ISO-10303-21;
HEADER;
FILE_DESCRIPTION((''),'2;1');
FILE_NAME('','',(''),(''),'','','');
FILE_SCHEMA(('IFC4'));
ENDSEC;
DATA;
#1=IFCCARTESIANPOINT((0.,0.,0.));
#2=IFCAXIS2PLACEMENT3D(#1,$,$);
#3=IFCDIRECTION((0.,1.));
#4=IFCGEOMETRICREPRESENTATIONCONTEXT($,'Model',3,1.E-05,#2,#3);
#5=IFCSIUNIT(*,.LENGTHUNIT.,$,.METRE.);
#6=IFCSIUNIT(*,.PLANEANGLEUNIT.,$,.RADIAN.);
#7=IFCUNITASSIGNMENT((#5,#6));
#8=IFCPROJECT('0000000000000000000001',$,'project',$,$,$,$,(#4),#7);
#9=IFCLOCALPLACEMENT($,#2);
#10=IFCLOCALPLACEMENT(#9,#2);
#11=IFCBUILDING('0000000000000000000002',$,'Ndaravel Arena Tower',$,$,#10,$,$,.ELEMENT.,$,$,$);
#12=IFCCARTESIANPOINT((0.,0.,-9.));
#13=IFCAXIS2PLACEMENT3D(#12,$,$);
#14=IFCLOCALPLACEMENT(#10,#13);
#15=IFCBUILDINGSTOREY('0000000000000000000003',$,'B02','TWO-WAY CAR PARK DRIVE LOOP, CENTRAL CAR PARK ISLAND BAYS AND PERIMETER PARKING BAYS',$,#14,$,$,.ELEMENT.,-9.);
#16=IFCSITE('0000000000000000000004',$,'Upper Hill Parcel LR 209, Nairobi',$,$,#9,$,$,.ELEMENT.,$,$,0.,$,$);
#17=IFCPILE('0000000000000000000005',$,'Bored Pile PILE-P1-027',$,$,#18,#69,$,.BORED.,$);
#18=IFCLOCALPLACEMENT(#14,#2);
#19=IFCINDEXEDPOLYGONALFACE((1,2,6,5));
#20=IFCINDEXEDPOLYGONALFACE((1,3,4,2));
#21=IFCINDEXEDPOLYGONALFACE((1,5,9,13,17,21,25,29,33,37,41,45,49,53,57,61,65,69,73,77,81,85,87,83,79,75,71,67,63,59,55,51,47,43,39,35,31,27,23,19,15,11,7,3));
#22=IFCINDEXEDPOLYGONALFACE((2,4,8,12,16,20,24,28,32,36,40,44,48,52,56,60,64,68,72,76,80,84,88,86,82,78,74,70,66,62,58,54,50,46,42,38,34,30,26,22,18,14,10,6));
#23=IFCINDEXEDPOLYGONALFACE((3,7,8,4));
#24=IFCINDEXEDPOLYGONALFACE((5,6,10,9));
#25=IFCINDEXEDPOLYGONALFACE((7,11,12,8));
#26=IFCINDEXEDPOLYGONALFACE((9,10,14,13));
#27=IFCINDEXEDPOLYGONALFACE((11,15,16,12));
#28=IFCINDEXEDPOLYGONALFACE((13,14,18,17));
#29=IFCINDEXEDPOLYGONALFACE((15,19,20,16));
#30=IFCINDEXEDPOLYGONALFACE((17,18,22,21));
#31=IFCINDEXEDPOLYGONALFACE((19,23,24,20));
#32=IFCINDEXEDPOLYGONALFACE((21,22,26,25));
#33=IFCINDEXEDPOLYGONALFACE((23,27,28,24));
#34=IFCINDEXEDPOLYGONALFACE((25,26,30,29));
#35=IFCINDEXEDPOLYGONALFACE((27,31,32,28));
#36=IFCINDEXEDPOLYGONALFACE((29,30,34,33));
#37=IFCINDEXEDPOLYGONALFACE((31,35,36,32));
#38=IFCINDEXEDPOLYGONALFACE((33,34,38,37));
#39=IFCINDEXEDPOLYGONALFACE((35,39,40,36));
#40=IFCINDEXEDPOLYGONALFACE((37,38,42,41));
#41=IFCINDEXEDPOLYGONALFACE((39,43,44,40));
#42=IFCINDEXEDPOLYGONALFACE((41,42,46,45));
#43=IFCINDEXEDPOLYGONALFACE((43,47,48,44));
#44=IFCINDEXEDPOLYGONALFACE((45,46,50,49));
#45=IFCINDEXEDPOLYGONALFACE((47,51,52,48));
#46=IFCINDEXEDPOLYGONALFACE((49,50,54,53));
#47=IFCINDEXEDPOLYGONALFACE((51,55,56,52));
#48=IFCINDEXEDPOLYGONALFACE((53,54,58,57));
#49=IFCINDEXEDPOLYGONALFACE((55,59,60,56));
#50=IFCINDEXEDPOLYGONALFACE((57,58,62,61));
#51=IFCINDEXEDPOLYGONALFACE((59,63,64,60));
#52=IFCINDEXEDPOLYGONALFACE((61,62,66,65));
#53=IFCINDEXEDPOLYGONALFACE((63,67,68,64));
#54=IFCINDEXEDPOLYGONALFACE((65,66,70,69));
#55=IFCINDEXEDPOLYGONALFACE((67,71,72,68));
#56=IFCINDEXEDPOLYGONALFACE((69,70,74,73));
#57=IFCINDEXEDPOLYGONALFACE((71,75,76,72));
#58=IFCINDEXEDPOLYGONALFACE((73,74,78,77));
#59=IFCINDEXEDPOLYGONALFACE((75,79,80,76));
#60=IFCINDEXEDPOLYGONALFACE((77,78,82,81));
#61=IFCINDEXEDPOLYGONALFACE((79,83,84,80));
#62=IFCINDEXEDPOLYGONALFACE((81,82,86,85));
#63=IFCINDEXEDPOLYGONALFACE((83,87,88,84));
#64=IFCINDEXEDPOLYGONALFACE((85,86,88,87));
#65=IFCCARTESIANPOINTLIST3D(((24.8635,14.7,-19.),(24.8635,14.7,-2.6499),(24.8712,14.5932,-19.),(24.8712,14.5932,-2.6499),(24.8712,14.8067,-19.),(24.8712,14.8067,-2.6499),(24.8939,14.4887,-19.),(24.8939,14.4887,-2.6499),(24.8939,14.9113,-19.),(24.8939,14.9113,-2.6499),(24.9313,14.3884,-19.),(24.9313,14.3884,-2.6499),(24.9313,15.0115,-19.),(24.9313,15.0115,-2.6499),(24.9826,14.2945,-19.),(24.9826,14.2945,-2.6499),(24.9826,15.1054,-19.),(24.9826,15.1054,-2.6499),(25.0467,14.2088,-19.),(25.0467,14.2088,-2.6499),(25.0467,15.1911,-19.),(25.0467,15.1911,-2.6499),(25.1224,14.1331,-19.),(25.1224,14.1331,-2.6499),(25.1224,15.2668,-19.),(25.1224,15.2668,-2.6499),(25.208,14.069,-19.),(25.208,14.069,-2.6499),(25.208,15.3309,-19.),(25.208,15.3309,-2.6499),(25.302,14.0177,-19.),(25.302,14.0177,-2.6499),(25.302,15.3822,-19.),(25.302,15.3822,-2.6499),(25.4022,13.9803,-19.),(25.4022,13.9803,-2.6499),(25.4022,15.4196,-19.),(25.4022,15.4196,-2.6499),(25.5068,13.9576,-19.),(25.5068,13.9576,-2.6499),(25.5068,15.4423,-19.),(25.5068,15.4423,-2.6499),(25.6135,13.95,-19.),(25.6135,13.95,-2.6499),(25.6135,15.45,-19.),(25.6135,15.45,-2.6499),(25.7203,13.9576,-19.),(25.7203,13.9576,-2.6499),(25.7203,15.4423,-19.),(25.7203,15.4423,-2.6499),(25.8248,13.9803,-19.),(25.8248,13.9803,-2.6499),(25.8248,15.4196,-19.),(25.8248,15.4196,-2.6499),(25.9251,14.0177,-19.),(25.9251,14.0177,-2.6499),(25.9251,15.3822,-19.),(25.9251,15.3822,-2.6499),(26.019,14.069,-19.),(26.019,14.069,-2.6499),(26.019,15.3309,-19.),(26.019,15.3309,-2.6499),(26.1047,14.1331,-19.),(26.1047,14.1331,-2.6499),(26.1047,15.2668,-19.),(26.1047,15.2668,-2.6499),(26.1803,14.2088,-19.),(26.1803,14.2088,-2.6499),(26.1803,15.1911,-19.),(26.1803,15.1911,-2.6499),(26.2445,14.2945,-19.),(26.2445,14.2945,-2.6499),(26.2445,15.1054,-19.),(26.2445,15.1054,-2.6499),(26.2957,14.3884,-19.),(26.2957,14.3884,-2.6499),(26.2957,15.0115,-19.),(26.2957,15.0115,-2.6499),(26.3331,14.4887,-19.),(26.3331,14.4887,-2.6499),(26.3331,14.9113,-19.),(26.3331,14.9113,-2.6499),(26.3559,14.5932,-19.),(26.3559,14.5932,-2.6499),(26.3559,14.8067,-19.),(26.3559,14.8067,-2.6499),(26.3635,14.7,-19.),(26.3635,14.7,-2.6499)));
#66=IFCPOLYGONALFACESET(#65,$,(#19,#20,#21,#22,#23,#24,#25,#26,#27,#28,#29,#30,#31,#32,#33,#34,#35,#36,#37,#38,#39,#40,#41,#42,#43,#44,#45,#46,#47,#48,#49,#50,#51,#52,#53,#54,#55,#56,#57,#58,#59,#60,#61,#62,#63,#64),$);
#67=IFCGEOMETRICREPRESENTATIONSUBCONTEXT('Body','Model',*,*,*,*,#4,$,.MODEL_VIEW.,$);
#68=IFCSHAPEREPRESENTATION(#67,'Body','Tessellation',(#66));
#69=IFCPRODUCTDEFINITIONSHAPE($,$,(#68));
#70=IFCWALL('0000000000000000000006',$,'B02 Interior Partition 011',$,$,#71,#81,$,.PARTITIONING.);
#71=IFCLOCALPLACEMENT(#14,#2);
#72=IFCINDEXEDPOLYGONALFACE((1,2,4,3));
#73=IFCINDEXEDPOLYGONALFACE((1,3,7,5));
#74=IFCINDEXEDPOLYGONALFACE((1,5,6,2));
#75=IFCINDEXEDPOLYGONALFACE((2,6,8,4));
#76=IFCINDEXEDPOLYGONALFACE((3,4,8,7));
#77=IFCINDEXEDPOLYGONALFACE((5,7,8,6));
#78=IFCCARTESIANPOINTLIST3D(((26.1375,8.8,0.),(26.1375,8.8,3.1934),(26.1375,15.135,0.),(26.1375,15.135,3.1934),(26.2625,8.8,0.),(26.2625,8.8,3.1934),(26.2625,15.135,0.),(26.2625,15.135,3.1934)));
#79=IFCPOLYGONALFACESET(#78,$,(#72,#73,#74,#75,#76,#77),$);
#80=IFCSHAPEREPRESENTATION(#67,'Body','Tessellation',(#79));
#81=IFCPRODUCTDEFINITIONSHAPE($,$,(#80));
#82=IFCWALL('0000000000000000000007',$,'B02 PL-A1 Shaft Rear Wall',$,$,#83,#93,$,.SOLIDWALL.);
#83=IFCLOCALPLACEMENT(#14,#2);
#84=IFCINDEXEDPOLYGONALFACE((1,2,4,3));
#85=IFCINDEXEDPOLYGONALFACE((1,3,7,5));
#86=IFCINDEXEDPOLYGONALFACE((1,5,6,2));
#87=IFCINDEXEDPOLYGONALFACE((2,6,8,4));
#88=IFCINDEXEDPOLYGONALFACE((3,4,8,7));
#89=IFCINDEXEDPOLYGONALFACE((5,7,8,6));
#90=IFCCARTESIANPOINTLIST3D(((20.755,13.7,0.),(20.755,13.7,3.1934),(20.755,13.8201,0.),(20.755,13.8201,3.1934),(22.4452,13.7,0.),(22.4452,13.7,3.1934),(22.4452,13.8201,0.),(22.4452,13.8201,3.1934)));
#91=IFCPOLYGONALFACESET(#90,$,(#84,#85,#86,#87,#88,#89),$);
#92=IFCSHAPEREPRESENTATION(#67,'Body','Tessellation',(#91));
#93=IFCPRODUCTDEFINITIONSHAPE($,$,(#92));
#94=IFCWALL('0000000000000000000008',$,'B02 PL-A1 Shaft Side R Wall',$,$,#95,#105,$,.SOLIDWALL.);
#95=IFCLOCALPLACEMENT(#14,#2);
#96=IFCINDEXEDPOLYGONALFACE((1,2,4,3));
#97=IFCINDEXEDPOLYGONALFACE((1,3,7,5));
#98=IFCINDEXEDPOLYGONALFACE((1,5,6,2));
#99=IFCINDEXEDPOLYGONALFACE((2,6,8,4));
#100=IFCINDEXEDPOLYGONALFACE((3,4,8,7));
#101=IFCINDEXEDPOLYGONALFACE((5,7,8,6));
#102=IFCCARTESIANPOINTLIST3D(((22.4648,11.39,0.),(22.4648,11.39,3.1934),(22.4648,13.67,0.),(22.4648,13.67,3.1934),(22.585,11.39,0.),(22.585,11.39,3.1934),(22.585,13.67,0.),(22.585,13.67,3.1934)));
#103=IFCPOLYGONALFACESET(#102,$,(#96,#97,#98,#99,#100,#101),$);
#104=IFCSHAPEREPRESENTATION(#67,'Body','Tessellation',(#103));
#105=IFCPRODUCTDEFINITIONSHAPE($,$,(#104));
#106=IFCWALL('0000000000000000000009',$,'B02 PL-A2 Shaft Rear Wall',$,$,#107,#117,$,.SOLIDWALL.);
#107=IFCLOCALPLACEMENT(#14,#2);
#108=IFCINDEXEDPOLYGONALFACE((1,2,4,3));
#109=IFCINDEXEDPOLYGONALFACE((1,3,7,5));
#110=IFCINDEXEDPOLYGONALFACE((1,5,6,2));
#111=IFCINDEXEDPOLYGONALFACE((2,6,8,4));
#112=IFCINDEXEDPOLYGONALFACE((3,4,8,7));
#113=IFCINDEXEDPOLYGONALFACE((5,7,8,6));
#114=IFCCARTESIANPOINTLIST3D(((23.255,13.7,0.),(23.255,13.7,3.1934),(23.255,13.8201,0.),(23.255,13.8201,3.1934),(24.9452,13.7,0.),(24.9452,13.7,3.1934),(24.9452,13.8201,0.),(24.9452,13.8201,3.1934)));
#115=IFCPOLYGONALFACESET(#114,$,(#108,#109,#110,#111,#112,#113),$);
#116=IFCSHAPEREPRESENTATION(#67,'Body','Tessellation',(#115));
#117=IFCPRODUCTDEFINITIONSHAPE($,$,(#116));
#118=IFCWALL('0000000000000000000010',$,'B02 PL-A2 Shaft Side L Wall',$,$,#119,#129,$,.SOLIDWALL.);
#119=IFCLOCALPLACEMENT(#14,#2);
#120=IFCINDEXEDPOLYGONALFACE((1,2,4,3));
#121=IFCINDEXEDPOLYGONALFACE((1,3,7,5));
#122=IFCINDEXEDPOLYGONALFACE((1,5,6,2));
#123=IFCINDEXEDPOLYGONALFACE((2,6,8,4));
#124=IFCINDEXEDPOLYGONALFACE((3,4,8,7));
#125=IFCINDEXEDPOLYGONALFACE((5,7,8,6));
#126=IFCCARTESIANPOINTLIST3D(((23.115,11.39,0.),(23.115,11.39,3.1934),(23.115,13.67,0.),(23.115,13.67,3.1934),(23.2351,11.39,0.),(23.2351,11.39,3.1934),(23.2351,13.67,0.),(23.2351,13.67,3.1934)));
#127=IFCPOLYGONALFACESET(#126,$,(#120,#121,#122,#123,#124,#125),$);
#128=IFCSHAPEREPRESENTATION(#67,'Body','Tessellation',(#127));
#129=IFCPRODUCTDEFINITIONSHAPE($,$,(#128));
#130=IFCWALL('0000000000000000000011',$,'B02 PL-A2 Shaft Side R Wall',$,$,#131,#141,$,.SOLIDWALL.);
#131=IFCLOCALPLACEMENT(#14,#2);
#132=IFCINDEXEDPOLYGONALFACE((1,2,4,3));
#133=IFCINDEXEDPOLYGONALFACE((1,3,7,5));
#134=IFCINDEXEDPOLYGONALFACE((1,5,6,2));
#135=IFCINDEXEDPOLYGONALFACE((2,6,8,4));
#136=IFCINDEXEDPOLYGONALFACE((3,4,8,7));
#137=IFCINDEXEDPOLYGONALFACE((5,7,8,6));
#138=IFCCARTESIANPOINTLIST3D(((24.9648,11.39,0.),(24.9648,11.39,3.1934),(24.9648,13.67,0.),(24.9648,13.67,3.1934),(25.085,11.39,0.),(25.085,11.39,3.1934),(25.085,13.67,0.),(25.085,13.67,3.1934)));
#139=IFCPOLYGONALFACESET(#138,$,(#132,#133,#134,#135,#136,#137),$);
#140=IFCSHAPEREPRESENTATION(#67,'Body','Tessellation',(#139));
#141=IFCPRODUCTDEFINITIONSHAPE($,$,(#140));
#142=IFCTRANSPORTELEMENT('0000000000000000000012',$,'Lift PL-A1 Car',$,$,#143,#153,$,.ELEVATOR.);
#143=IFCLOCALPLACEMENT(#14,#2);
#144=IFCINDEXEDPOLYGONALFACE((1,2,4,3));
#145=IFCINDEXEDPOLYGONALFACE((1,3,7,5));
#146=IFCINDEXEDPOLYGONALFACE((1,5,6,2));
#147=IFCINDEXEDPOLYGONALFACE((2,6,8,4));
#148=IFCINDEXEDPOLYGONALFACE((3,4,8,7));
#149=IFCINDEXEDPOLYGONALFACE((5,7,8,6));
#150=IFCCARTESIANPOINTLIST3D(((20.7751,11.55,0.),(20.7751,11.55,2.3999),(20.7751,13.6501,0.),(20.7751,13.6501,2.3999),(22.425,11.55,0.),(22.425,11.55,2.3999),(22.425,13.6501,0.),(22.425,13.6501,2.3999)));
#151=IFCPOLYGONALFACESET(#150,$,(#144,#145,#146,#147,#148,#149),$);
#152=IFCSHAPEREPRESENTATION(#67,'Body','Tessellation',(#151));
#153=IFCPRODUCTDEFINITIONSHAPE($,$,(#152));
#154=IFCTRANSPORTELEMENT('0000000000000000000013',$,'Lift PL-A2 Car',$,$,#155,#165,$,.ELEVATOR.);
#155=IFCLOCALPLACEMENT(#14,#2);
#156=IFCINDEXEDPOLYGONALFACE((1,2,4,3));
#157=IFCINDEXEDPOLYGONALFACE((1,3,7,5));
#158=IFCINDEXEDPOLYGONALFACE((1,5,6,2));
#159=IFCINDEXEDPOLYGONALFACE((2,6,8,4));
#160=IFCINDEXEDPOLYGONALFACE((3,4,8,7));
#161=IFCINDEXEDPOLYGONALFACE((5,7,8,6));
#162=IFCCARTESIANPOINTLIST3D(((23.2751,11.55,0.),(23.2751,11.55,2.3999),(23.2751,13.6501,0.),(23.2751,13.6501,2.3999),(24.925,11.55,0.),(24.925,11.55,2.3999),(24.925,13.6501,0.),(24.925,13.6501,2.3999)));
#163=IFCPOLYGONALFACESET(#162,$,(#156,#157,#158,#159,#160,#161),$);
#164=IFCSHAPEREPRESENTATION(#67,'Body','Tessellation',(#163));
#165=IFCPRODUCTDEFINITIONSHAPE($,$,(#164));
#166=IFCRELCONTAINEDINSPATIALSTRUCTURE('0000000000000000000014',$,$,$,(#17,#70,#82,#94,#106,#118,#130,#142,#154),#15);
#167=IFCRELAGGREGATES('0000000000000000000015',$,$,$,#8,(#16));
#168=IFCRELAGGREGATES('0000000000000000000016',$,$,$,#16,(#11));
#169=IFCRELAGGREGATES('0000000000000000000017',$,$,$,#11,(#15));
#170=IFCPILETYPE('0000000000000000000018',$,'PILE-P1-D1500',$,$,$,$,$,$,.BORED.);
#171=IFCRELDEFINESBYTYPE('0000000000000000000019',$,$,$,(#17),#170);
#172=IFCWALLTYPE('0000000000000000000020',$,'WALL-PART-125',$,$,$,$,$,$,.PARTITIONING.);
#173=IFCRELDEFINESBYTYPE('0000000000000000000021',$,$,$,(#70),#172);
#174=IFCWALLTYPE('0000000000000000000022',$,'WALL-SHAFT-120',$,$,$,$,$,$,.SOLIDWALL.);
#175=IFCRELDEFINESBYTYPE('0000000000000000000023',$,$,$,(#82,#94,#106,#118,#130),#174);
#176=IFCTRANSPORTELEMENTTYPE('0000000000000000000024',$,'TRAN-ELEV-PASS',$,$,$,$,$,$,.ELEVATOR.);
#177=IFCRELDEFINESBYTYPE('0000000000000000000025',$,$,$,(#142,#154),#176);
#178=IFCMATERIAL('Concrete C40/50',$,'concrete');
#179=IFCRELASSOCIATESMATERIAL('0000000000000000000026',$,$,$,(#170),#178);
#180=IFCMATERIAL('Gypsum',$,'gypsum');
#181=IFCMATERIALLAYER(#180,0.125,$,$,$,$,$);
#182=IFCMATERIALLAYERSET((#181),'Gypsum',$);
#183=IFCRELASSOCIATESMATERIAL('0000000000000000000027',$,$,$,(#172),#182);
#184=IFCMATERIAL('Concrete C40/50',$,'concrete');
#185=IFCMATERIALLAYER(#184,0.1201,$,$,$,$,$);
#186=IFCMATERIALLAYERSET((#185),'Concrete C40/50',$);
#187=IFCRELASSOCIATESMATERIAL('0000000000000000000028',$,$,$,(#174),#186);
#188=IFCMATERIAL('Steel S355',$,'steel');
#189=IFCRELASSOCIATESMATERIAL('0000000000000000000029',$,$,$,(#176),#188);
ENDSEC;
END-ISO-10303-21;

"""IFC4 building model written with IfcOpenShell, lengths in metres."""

from ifc_helpers import new_model, si_unit, direction, frame, frame_2d, origin, origin_2d, place, context, subcontext, project, spatial, rectangle, circle, extrude, material, layer, layer_set, material_profile, profile_set, type_object, element, save


model = new_model("IFC4")

# Units and contexts
model_context = context("Model", 3, precision=1e-05, world=origin(), true_north=direction((0.0, 1.0)))
body_context = subcontext(model_context, "Body", "Model", "MODEL_VIEW")
ifc_project = project(units=[si_unit("LENGTHUNIT", "METRE"), si_unit("PLANEANGLEUNIT", "RADIAN")], contexts=[model_context])

# Site, building, storey
site_placement = place(None, origin())
site = spatial("IfcSite", under=ifc_project, at=site_placement, Name="Upper Hill Parcel LR 209, Nairobi", CompositionType="ELEMENT", RefElevation=0.0)
building_placement = place(site_placement, origin())
building = spatial("IfcBuilding", under=site, at=building_placement, Name="Ndaravel Arena Tower", CompositionType="ELEMENT")
storey_placement = place(building_placement, frame((0.0, 0.0, -9.0)))
storey = spatial("IfcBuildingStorey", under=building, at=storey_placement, Name="B02", Description="TWO-WAY CAR PARK DRIVE LOOP, CENTRAL CAR PARK ISLAND BAYS AND PERIMETER PARKING BAYS", CompositionType="ELEMENT", Elevation=-9.0)

# Pile
ifc_material_1 = material(Name="Concrete C40/50", Category="concrete")
ifc_material_profile = material_profile(ifc_material_1, circle(Radius=0.75, at=origin_2d()), Name="BORED PILE D1500")
ifc_profile_set = profile_set([ifc_material_profile], Name="Concrete C40/50")
pile_type = type_object("IfcPileType", Name="PILE-P1-D1500", PredefinedType="BORED", material=ifc_profile_set)
for number, where, z_axis, x_axis, name in (
    (1, (25.6135, 14.7, -2.6499), (0.0, 0.0, -1.0), (1.0, 0.0, 0.0), "Bored Pile PILE-P1-027"),
):
    element("IfcPile", number, at=place(storey_placement, frame(where, z_axis=z_axis, x_axis=x_axis)), inside=storey, type_object=pile_type, Name=name, PredefinedType="BORED", context=body_context, shape_type="SweptSolid", body=[
        extrude(circle(Radius=0.75, at=origin_2d()), origin(), (0.0, 0.0, 1.0), 16.3501),
    ])

# Walls
ifc_material_2 = material(Name="Gypsum", Category="gypsum")
ifc_layer_1 = layer(ifc_material_2, 0.125)
ifc_layer_set_1 = layer_set([ifc_layer_1], Name="Gypsum")
wall_type_1 = type_object("IfcWallType", Name="WALL-PART-125", PredefinedType="PARTITIONING", material=ifc_layer_set_1)
wall_1_placement = place(storey_placement, frame((26.2, 15.135, 0.0), z_axis=(0.0, 0.0, 1.0), x_axis=(0.0, -1.0, 0.0)))
element("IfcWall", 2, at=wall_1_placement, inside=storey, type_object=wall_type_1, Name="B02 Interior Partition 011", PredefinedType="PARTITIONING", context=body_context, shape_type="SweptSolid", body=[
    extrude(rectangle(XDim=6.335, YDim=0.125, at=frame_2d((3.1675, 0.0))), origin(), (0.0, 0.0, 1.0), 3.1934),
])
ifc_material_3 = material(Name="Concrete C40/50", Category="concrete")
ifc_layer_2 = layer(ifc_material_3, 0.1201)
ifc_layer_set_2 = layer_set([ifc_layer_2], Name="Concrete C40/50")
wall_type_2 = type_object("IfcWallType", Name="WALL-SHAFT-120", PredefinedType="SOLIDWALL", material=ifc_layer_set_2)
wall_2_placement = place(storey_placement, frame((20.7549, 13.76, 0.0), z_axis=(0.0, 0.0, 1.0), x_axis=(1.0, 0.0, 0.0)))
element("IfcWall", 3, at=wall_2_placement, inside=storey, type_object=wall_type_2, Name="B02 PL-A1 Shaft Rear Wall", PredefinedType="SOLIDWALL", context=body_context, shape_type="SweptSolid", body=[
    extrude(rectangle(XDim=1.6902, YDim=0.1201, at=frame_2d((0.8452, 0.0))), origin(), (0.0, 0.0, 1.0), 3.1934),
])
wall_3_placement = place(storey_placement, frame((22.5249, 11.3899, 0.0), z_axis=(0.0, 0.0, 1.0), x_axis=(0.0, 1.0, 0.0)))
element("IfcWall", 4, at=wall_3_placement, inside=storey, type_object=wall_type_2, Name="B02 PL-A1 Shaft Side R Wall", PredefinedType="SOLIDWALL", context=body_context, shape_type="SweptSolid", body=[
    extrude(rectangle(XDim=2.28, YDim=0.1201, at=frame_2d((1.1401, 0.0))), origin(), (0.0, 0.0, 1.0), 3.1934),
])
wall_4_placement = place(storey_placement, frame((23.2549, 13.76, 0.0), z_axis=(0.0, 0.0, 1.0), x_axis=(1.0, 0.0, 0.0)))
element("IfcWall", 5, at=wall_4_placement, inside=storey, type_object=wall_type_2, Name="B02 PL-A2 Shaft Rear Wall", PredefinedType="SOLIDWALL", context=body_context, shape_type="SweptSolid", body=[
    extrude(rectangle(XDim=1.6902, YDim=0.1201, at=frame_2d((0.8452, 0.0))), origin(), (0.0, 0.0, 1.0), 3.1934),
])
for number, where, z_axis, x_axis, name in (
    (6, (23.175, 11.3899, 0.0), (0.0, 0.0, 1.0), (0.0, 1.0, 0.0), "B02 PL-A2 Shaft Side L Wall"),
    (7, (25.0249, 11.3899, 0.0), (0.0, 0.0, 1.0), (0.0, 1.0, 0.0), "B02 PL-A2 Shaft Side R Wall"),
):
    element("IfcWall", number, at=place(storey_placement, frame(where, z_axis=z_axis, x_axis=x_axis)), inside=storey, type_object=wall_type_2, Name=name, PredefinedType="SOLIDWALL", context=body_context, shape_type="SweptSolid", body=[
        extrude(rectangle(XDim=2.28, YDim=0.1201, at=frame_2d((1.1401, 0.0))), origin(), (0.0, 0.0, 1.0), 3.1934),
    ])

# Transport elements
ifc_material_4 = material(Name="Steel S355", Category="steel")
transport_element_type = type_object("IfcTransportElementType", Name="TRAN-ELEV-PASS", PredefinedType="ELEVATOR", material=ifc_material_4)
for number, where, z_axis, x_axis, name in (
    (8, (21.6001, 12.6001, 0.0), (0.0, 0.0, 1.0), (1.0, 0.0, 0.0), "Lift PL-A1 Car"),
    (9, (24.1001, 12.6001, 0.0), (0.0, 0.0, 1.0), (1.0, 0.0, 0.0), "Lift PL-A2 Car"),
):
    element("IfcTransportElement", number, at=place(storey_placement, frame(where, z_axis=z_axis, x_axis=x_axis)), inside=storey, type_object=transport_element_type, Name=name, PredefinedType="ELEVATOR", context=body_context, shape_type="SweptSolid", body=[
        extrude(rectangle(XDim=1.6499, YDim=2.1001, at=origin_2d()), origin(), (0.0, 0.0, 1.0), 2.3999),
    ])

save(model, "model.ifc")
